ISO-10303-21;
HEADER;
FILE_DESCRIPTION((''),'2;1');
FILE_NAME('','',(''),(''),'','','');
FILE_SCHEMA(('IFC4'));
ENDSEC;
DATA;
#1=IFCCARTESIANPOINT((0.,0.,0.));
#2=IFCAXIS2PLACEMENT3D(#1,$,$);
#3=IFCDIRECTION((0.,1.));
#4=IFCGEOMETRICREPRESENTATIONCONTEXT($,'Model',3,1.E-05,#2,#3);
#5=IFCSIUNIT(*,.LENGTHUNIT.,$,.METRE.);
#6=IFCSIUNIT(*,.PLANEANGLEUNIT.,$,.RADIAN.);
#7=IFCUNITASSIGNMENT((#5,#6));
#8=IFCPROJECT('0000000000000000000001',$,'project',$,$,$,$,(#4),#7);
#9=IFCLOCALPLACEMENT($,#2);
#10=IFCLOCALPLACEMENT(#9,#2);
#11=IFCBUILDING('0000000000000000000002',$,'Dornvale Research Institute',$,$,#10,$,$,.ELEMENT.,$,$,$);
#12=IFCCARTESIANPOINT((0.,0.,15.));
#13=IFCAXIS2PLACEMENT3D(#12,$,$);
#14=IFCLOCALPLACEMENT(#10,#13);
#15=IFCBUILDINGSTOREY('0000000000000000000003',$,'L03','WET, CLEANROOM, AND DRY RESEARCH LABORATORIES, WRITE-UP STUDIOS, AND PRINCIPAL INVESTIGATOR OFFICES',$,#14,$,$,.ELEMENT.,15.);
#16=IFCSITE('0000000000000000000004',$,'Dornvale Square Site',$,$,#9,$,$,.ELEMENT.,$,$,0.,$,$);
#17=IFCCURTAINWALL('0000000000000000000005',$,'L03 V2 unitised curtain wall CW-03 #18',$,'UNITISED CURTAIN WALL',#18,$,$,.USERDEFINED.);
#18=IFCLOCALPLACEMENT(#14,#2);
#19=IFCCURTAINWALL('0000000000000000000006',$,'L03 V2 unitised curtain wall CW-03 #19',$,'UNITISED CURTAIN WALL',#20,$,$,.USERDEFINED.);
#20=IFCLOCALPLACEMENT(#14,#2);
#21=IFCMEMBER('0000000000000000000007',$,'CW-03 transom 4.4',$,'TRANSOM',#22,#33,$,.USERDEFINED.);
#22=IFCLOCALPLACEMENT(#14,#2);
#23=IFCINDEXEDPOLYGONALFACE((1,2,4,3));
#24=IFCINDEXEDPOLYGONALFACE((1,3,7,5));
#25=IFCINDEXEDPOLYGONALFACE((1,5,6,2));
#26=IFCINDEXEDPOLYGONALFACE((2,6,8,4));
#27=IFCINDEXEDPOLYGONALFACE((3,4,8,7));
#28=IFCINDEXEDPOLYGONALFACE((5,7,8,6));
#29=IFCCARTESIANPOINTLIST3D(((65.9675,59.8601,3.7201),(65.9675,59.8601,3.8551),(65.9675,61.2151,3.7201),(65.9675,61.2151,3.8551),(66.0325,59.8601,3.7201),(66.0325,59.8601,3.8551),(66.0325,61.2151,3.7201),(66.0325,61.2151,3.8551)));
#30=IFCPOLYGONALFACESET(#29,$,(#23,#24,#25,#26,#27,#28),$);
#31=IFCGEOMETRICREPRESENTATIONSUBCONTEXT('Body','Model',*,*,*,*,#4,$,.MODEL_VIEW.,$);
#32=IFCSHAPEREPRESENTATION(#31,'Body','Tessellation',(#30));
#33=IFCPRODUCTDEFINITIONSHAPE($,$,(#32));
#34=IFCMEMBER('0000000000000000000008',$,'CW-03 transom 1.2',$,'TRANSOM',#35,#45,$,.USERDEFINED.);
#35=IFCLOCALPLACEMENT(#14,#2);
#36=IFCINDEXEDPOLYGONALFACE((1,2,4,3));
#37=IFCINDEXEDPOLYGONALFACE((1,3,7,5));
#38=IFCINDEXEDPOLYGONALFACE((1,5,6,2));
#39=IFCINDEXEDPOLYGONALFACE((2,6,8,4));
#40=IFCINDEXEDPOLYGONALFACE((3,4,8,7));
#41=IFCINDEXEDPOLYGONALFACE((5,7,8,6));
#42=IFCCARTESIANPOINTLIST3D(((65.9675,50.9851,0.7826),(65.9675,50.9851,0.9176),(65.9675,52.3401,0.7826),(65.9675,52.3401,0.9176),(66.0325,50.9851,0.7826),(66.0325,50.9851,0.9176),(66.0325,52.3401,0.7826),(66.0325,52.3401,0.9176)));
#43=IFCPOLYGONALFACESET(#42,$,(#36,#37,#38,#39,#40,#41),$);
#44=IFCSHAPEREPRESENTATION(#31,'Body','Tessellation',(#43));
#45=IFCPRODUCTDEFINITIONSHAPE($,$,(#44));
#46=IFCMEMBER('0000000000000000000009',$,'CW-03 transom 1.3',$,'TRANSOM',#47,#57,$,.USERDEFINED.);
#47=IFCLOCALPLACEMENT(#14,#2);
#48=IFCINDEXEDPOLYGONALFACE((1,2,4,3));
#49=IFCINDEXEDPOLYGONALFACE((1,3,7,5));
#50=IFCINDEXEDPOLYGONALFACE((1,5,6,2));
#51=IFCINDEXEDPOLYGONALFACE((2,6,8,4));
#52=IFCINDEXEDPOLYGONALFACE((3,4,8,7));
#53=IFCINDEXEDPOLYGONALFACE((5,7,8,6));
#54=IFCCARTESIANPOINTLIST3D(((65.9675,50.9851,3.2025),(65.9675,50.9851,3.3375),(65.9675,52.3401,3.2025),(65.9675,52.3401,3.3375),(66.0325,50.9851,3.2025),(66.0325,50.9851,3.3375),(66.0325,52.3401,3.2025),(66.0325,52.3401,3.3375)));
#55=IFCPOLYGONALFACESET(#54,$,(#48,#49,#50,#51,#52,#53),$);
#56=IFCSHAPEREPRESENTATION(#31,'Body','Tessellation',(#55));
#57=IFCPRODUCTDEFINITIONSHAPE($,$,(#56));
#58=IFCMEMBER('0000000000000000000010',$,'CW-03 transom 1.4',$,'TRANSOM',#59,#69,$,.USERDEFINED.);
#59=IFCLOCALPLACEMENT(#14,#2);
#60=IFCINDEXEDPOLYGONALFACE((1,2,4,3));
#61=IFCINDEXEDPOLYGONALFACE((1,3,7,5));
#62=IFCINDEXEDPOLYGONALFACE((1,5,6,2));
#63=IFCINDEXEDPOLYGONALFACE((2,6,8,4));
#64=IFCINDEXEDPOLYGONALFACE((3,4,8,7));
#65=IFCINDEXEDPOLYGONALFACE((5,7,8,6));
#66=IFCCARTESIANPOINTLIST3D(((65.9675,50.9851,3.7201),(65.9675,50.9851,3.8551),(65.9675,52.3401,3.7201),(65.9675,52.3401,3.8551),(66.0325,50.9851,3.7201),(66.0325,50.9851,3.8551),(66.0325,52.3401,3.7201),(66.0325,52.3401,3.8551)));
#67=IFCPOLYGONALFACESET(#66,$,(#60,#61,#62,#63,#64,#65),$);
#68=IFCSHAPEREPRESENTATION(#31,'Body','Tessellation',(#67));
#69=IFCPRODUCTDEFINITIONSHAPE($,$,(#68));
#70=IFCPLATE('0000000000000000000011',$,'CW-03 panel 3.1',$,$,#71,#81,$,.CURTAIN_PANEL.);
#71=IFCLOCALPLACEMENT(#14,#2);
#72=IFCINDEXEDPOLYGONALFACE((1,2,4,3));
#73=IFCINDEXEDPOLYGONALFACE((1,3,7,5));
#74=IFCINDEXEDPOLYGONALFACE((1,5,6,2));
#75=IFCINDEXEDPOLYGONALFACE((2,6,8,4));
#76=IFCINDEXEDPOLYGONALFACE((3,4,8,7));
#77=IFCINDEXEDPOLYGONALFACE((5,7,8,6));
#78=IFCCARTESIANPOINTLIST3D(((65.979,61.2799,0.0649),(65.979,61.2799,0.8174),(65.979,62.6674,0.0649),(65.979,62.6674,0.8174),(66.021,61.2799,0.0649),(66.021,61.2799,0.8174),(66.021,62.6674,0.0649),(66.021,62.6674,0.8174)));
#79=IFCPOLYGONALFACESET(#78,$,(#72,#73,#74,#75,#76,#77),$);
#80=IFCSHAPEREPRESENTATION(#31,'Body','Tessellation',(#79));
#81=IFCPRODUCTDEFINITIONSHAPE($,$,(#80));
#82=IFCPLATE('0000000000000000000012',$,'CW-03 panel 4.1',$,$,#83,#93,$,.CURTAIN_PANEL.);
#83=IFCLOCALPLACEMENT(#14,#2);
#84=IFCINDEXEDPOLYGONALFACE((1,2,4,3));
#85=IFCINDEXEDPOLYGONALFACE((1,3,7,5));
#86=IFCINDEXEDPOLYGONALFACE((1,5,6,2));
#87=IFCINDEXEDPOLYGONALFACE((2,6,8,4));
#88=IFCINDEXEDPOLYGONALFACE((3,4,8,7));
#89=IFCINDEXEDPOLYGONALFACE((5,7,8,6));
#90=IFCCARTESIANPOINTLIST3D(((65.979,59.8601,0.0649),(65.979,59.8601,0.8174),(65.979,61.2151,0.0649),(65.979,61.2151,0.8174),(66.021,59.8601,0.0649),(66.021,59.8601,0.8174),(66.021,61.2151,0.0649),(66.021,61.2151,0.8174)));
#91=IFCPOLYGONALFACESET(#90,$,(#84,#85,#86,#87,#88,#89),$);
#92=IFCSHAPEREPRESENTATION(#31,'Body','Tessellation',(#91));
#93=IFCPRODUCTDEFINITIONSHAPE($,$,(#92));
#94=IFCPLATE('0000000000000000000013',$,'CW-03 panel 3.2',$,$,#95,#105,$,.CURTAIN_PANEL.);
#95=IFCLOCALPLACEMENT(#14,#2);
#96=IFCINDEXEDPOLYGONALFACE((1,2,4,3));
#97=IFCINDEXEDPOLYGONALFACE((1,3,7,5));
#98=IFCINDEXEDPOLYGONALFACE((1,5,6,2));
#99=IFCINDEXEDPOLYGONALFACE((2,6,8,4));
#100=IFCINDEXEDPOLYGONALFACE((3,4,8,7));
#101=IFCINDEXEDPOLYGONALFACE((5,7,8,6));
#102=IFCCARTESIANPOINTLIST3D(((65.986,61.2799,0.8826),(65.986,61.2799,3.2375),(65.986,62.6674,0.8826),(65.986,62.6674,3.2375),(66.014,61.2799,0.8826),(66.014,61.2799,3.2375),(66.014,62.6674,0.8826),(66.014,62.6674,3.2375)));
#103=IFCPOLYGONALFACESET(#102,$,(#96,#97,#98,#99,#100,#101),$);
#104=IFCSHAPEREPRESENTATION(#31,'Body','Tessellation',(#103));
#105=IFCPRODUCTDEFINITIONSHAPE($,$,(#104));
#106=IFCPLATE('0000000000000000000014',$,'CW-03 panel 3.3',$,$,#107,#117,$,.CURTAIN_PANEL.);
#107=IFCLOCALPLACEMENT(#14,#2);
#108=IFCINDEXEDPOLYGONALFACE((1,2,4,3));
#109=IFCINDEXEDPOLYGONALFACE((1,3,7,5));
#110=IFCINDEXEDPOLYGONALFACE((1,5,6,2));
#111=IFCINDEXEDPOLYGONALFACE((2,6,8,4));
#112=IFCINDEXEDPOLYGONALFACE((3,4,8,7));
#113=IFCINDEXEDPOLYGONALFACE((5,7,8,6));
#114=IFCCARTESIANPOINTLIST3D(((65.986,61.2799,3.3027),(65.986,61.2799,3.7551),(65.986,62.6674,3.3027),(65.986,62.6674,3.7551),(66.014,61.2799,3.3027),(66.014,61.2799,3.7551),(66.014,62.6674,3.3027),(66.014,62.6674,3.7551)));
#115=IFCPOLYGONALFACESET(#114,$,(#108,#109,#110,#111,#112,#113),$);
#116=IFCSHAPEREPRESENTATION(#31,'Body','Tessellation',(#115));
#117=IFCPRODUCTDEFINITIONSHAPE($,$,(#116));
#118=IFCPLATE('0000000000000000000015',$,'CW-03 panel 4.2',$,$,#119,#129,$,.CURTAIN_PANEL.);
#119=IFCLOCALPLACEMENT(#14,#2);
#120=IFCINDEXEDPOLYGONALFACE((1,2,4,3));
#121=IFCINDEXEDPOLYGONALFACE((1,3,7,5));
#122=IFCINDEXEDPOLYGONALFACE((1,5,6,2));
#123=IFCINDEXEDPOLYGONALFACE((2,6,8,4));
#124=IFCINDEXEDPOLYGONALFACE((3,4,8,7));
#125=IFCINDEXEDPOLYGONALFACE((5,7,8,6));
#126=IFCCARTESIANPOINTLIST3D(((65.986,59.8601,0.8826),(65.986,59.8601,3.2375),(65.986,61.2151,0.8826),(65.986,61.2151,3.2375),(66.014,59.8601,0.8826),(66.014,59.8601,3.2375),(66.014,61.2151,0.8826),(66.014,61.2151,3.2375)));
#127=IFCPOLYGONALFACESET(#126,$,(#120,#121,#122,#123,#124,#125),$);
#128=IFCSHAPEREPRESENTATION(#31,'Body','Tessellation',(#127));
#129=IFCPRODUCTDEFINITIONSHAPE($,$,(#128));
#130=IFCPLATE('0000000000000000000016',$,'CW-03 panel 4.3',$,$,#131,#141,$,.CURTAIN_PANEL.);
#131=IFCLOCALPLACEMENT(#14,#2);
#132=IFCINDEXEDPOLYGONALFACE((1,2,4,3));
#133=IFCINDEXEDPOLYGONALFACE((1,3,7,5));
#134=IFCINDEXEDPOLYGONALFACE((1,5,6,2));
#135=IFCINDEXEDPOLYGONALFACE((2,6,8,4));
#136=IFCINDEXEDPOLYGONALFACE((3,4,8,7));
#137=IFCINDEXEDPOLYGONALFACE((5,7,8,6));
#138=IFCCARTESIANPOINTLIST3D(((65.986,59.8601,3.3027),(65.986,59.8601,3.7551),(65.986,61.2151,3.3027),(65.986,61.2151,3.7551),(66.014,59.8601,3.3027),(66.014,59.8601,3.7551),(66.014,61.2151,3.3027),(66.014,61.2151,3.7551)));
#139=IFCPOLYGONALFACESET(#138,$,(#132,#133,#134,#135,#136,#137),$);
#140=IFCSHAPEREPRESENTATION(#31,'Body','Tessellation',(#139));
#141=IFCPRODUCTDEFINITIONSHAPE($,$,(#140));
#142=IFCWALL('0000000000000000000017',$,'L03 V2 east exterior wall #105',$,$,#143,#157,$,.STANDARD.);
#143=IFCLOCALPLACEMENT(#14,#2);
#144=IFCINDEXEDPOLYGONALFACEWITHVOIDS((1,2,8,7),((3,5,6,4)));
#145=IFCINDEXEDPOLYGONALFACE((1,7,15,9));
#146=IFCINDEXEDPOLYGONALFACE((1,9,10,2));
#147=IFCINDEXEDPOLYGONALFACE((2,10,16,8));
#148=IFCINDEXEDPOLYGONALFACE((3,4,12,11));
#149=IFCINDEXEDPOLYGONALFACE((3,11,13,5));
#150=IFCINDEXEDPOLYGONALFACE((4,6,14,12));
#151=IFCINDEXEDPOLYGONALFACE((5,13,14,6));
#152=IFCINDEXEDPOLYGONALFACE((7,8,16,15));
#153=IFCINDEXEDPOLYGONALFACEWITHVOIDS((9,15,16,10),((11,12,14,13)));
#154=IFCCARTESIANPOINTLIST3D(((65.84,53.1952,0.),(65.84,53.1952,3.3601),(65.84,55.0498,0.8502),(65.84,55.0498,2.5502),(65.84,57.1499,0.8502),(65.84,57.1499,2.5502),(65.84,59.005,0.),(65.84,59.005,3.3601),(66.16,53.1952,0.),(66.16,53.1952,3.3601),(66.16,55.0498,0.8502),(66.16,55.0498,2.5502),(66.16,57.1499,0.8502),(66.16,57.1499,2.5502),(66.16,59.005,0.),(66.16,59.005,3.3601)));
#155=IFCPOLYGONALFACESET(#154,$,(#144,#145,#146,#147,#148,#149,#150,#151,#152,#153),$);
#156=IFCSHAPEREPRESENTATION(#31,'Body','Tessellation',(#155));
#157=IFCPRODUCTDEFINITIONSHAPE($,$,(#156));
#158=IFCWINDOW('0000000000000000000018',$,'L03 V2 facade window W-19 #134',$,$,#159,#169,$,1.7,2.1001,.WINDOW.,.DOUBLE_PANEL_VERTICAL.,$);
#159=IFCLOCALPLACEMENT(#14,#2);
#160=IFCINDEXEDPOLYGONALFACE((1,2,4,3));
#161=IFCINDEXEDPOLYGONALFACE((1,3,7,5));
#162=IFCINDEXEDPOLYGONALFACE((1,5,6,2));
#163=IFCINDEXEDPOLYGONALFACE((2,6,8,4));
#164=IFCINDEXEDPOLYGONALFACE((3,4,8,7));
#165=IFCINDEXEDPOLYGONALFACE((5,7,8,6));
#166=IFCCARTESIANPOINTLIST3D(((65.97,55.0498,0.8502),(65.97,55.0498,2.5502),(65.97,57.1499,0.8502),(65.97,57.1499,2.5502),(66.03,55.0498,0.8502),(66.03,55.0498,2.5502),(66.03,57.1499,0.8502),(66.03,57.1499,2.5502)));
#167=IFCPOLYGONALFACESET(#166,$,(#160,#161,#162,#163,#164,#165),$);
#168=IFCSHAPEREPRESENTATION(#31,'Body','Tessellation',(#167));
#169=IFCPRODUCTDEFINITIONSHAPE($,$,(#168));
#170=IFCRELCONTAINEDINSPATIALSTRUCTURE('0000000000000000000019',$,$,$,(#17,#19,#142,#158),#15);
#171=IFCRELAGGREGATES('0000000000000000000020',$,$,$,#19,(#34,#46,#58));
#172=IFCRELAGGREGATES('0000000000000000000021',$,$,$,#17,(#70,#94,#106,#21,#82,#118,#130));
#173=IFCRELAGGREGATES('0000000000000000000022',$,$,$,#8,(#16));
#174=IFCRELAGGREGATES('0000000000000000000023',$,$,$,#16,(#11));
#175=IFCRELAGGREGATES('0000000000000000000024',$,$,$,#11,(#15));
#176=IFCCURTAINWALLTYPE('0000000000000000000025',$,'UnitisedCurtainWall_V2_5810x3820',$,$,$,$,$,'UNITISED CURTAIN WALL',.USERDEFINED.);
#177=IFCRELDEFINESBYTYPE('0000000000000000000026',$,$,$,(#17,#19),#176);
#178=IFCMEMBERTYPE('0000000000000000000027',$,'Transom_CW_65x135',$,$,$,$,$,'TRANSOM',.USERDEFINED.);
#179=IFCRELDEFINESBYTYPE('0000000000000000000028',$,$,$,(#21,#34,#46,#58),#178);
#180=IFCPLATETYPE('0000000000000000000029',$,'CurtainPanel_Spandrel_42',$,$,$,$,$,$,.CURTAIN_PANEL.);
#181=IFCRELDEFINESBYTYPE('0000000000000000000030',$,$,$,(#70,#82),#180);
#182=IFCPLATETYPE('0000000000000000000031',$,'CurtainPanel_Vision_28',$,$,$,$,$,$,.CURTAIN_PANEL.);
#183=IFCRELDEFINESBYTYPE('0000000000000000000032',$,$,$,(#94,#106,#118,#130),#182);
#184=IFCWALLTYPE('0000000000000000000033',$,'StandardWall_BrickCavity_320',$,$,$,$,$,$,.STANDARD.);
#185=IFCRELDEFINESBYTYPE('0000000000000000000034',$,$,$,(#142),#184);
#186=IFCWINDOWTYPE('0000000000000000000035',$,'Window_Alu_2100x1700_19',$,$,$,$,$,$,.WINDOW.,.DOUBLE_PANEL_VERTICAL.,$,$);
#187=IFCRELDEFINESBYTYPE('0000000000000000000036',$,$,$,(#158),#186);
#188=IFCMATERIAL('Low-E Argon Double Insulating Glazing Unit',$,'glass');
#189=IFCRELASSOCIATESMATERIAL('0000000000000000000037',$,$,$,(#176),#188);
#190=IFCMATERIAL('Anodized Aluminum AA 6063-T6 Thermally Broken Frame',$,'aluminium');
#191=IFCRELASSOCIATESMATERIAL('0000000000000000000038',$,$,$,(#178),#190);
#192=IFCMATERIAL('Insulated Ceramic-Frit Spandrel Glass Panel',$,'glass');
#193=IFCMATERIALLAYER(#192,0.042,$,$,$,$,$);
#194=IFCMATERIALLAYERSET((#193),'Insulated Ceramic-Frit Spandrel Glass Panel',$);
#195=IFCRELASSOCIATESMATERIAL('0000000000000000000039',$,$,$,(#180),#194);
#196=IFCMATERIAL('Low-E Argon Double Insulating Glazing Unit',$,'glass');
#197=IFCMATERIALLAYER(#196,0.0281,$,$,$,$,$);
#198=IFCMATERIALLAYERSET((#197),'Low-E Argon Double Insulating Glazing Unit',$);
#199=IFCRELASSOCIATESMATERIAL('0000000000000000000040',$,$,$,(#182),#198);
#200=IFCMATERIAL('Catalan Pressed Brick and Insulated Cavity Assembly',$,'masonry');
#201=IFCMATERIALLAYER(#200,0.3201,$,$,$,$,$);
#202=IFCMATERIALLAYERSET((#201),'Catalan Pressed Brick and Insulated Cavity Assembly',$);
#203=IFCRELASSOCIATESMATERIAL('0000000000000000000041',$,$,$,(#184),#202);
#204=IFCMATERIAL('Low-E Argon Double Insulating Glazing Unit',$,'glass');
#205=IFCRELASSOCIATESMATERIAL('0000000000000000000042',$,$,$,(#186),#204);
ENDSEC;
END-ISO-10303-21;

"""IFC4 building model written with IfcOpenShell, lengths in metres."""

from ifc_helpers import new_model, si_unit, direction, frame, frame_2d, origin, origin_2d, place, context, subcontext, project, spatial, rectangle, extrude, material, layer, layer_set, material_profile, profile_set, type_object, element, fill, aggregate, save


model = new_model("IFC4")

# Units and contexts
model_context = context("Model", 3, precision=1e-05, world=origin(), true_north=direction((0.0, 1.0)))
body_context = subcontext(model_context, "Body", "Model", "MODEL_VIEW")
ifc_project = project(units=[si_unit("LENGTHUNIT", "METRE"), si_unit("PLANEANGLEUNIT", "RADIAN")], contexts=[model_context])

# Site, building, storey
site_placement = place(None, origin())
site = spatial("IfcSite", under=ifc_project, at=site_placement, Name="Dornvale Square Site", CompositionType="ELEMENT", RefElevation=0.0)
building_placement = place(site_placement, origin())
building = spatial("IfcBuilding", under=site, at=building_placement, Name="Dornvale Research Institute", CompositionType="ELEMENT")
storey_placement = place(building_placement, frame((0.0, 0.0, 15.0)))
storey = spatial("IfcBuildingStorey", under=building, at=storey_placement, Name="L03", Description="WET, CLEANROOM, AND DRY RESEARCH LABORATORIES, WRITE-UP STUDIOS, AND PRINCIPAL INVESTIGATOR OFFICES", CompositionType="ELEMENT", Elevation=15.0)

# Curtain wall
ifc_material_1 = material(Name="Low-E Argon Double Insulating Glazing Unit", Category="glass")
curtain_wall_type = type_object("IfcCurtainWallType", Name="UnitisedCurtainWall_V2_5810x3820", ElementType="UNITISED CURTAIN WALL", PredefinedType="USERDEFINED", material=ifc_material_1)
curtain_wall_1_placement = place(storey_placement, origin())
curtain_wall_1 = element("IfcCurtainWall", 1, at=curtain_wall_1_placement, inside=storey, type_object=curtain_wall_type, Name="L03 V2 unitised curtain wall CW-03 #18", ObjectType="UNITISED CURTAIN WALL", PredefinedType="USERDEFINED")

# Curtain wall
curtain_wall_2_placement = place(storey_placement, origin())
curtain_wall_2 = element("IfcCurtainWall", 2, at=curtain_wall_2_placement, inside=storey, type_object=curtain_wall_type, Name="L03 V2 unitised curtain wall CW-03 #19", ObjectType="UNITISED CURTAIN WALL", PredefinedType="USERDEFINED")

# Members
ifc_material_2 = material(Name="Anodized Aluminum AA 6063-T6 Thermally Broken Frame", Category="aluminium")
ifc_material_profile_1 = material_profile(ifc_material_2, rectangle(XDim=0.0649, YDim=0.135, at=origin_2d()), Name="ALU TRANSOM 65x135")
ifc_profile_set_1 = profile_set([ifc_material_profile_1], Name="Anodized Aluminum AA 6063-T6 Thermally Broken Frame")
member_type_1 = type_object("IfcMemberType", Name="Transom_CW_65x135", ElementType="TRANSOM", PredefinedType="USERDEFINED", material=ifc_profile_set_1)
member_1_placement = place(storey_placement, frame((66.0, 61.2151, 3.7876), z_axis=(0.0, -1.0, 0.0), x_axis=(1.0, 0.0, 0.0)))
member_1 = element("IfcMember", 3, at=member_1_placement, type_object=member_type_1, Name="CW-03 transom 4.4", ObjectType="TRANSOM", PredefinedType="USERDEFINED", context=body_context, shape_type="SweptSolid", body=[
    extrude(rectangle(XDim=0.0649, YDim=0.135, at=origin_2d()), origin(), (0.0, 0.0, 1.0), 1.355),
])
member_2_placement = place(storey_placement, frame((66.0, 52.3401, 0.8501), z_axis=(0.0, -1.0, 0.0), x_axis=(1.0, 0.0, 0.0)))
member_2 = element("IfcMember", 4, at=member_2_placement, type_object=member_type_1, Name="CW-03 transom 1.2", ObjectType="TRANSOM", PredefinedType="USERDEFINED", context=body_context, shape_type="SweptSolid", body=[
    extrude(rectangle(XDim=0.0649, YDim=0.135, at=origin_2d()), origin(), (0.0, 0.0, 1.0), 1.355),
])
member_3_placement = place(storey_placement, frame((66.0, 52.3401, 3.27), z_axis=(0.0, -1.0, 0.0), x_axis=(1.0, 0.0, 0.0)))
member_3 = element("IfcMember", 5, at=member_3_placement, type_object=member_type_1, Name="CW-03 transom 1.3", ObjectType="TRANSOM", PredefinedType="USERDEFINED", context=body_context, shape_type="SweptSolid", body=[
    extrude(rectangle(XDim=0.0649, YDim=0.135, at=origin_2d()), origin(), (0.0, 0.0, 1.0), 1.355),
])
member_4_placement = place(storey_placement, frame((66.0, 52.3401, 3.7876), z_axis=(0.0, -1.0, 0.0), x_axis=(1.0, 0.0, 0.0)))
member_4 = element("IfcMember", 6, at=member_4_placement, type_object=member_type_1, Name="CW-03 transom 1.4", ObjectType="TRANSOM", PredefinedType="USERDEFINED", context=body_context, shape_type="SweptSolid", body=[
    extrude(rectangle(XDim=0.0649, YDim=0.135, at=origin_2d()), origin(), (0.0, 0.0, 1.0), 1.355),
])
aggregate(curtain_wall_2, [member_2, member_3, member_4])

# Plates
ifc_material_3 = material(Name="Insulated Ceramic-Frit Spandrel Glass Panel", Category="glass")
ifc_layer_1 = layer(ifc_material_3, 0.042)
ifc_layer_set_1 = layer_set([ifc_layer_1], Name="Insulated Ceramic-Frit Spandrel Glass Panel")
plate_type_1 = type_object("IfcPlateType", Name="CurtainPanel_Spandrel_42", PredefinedType="CURTAIN_PANEL", material=ifc_layer_set_1)
plate_1_placement = place(storey_placement, frame((66.0, 61.9736, 0.0649), z_axis=(0.0, 0.0, 1.0), x_axis=(0.0, -1.0, 0.0)))
plate_1 = element("IfcPlate", 7, at=plate_1_placement, type_object=plate_type_1, Name="CW-03 panel 3.1", PredefinedType="CURTAIN_PANEL", context=body_context, shape_type="SweptSolid", body=[
    extrude(rectangle(XDim=1.3875, YDim=0.042, at=origin_2d()), origin(), (0.0, 0.0, 1.0), 0.7524),
])
plate_2_placement = place(storey_placement, frame((66.0, 60.5376, 0.0649), z_axis=(0.0, 0.0, 1.0), x_axis=(0.0, -1.0, 0.0)))
plate_2 = element("IfcPlate", 8, at=plate_2_placement, type_object=plate_type_1, Name="CW-03 panel 4.1", PredefinedType="CURTAIN_PANEL", context=body_context, shape_type="SweptSolid", body=[
    extrude(rectangle(XDim=1.355, YDim=0.042, at=origin_2d()), origin(), (0.0, 0.0, 1.0), 0.7524),
])
ifc_material_4 = material(Name="Low-E Argon Double Insulating Glazing Unit", Category="glass")
ifc_layer_2 = layer(ifc_material_4, 0.0281)
ifc_layer_set_2 = layer_set([ifc_layer_2], Name="Low-E Argon Double Insulating Glazing Unit")
plate_type_2 = type_object("IfcPlateType", Name="CurtainPanel_Vision_28", PredefinedType="CURTAIN_PANEL", material=ifc_layer_set_2)
plate_3_placement = place(storey_placement, frame((66.0, 61.9736, 0.8826), z_axis=(0.0, 0.0, 1.0), x_axis=(0.0, -1.0, 0.0)))
plate_3 = element("IfcPlate", 9, at=plate_3_placement, type_object=plate_type_2, Name="CW-03 panel 3.2", PredefinedType="CURTAIN_PANEL", context=body_context, shape_type="SweptSolid", body=[
    extrude(rectangle(XDim=1.3875, YDim=0.0281, at=origin_2d()), origin(), (0.0, 0.0, 1.0), 2.355),
])
plate_4_placement = place(storey_placement, frame((66.0, 61.9736, 3.3027), z_axis=(0.0, 0.0, 1.0), x_axis=(0.0, -1.0, 0.0)))
plate_4 = element("IfcPlate", 10, at=plate_4_placement, type_object=plate_type_2, Name="CW-03 panel 3.3", PredefinedType="CURTAIN_PANEL", context=body_context, shape_type="SweptSolid", body=[
    extrude(rectangle(XDim=1.3875, YDim=0.0281, at=origin_2d()), origin(), (0.0, 0.0, 1.0), 0.4524),
])
plate_5_placement = place(storey_placement, frame((66.0, 60.5376, 0.8826), z_axis=(0.0, 0.0, 1.0), x_axis=(0.0, -1.0, 0.0)))
plate_5 = element("IfcPlate", 11, at=plate_5_placement, type_object=plate_type_2, Name="CW-03 panel 4.2", PredefinedType="CURTAIN_PANEL", context=body_context, shape_type="SweptSolid", body=[
    extrude(rectangle(XDim=1.355, YDim=0.0281, at=origin_2d()), origin(), (0.0, 0.0, 1.0), 2.355),
])
plate_6_placement = place(storey_placement, frame((66.0, 60.5376, 3.3027), z_axis=(0.0, 0.0, 1.0), x_axis=(0.0, -1.0, 0.0)))
plate_6 = element("IfcPlate", 12, at=plate_6_placement, type_object=plate_type_2, Name="CW-03 panel 4.3", PredefinedType="CURTAIN_PANEL", context=body_context, shape_type="SweptSolid", body=[
    extrude(rectangle(XDim=1.355, YDim=0.0281, at=origin_2d()), origin(), (0.0, 0.0, 1.0), 0.4524),
])
aggregate(curtain_wall_1, [plate_1, plate_3, plate_4, member_1, plate_2, plate_5, plate_6])

# Wall, opening, window
ifc_material_5 = material(Name="Catalan Pressed Brick and Insulated Cavity Assembly", Category="masonry")
ifc_layer_3 = layer(ifc_material_5, 0.3201)
ifc_layer_set_3 = layer_set([ifc_layer_3], Name="Catalan Pressed Brick and Insulated Cavity Assembly")
wall_type = type_object("IfcWallType", Name="StandardWall_BrickCavity_320", PredefinedType="STANDARD", material=ifc_layer_set_3)
wall_placement = place(storey_placement, frame((66.0, 59.0049, 0.0), z_axis=(0.0, 0.0, 1.0), x_axis=(0.0, -1.0, 0.0)))
wall = element("IfcWall", 13, at=wall_placement, inside=storey, type_object=wall_type, Name="L03 V2 east exterior wall #105", PredefinedType="STANDARD", context=body_context, shape_type="SweptSolid", body=[
    extrude(rectangle(XDim=5.8098, YDim=0.3201, at=frame_2d((2.9048, 0.0))), origin(), (0.0, 0.0, 1.0), 3.3601),
])
opening_placement = place(wall_placement, frame((1.855, 0.0, 0.8501)))
opening = element("IfcOpeningElement", 14, at=opening_placement, cuts=wall, PredefinedType="OPENING", context=body_context, shape_type="SweptSolid", body=[
    extrude(rectangle(XDim=2.1001, YDim=1.7, at=frame_2d((1.05, 0.8501))), frame((0.0, 0.175, 0.0), z_axis=(0.0, -1.0, 0.0), x_axis=(1.0, 0.0, 0.0)), (0.0, 0.0, 1.0), 0.3501),
])
ifc_material_6 = material(Name="Low-E Argon Double Insulating Glazing Unit", Category="glass")
window_type = type_object("IfcWindowType", Name="Window_Alu_2100x1700_19", PartitioningType="DOUBLE_PANEL_VERTICAL", PredefinedType="WINDOW", material=ifc_material_6)
window_placement = place(opening_placement, origin())
window = element("IfcWindow", 15, at=window_placement, inside=storey, type_object=window_type, Name="L03 V2 facade window W-19 #134", OverallHeight=1.7, OverallWidth=2.1001, PartitioningType="DOUBLE_PANEL_VERTICAL", PredefinedType="WINDOW", context=body_context, shape_type="SweptSolid", body=[
    extrude(rectangle(XDim=2.1001, YDim=1.7, at=frame_2d((1.05, 0.8501))), frame((0.0, 0.03, 0.0), z_axis=(0.0, -1.0, 0.0), x_axis=(1.0, 0.0, 0.0)), (0.0, 0.0, 1.0), 0.0601),
])
fill(opening, window)

save(model, "model.ifc")
